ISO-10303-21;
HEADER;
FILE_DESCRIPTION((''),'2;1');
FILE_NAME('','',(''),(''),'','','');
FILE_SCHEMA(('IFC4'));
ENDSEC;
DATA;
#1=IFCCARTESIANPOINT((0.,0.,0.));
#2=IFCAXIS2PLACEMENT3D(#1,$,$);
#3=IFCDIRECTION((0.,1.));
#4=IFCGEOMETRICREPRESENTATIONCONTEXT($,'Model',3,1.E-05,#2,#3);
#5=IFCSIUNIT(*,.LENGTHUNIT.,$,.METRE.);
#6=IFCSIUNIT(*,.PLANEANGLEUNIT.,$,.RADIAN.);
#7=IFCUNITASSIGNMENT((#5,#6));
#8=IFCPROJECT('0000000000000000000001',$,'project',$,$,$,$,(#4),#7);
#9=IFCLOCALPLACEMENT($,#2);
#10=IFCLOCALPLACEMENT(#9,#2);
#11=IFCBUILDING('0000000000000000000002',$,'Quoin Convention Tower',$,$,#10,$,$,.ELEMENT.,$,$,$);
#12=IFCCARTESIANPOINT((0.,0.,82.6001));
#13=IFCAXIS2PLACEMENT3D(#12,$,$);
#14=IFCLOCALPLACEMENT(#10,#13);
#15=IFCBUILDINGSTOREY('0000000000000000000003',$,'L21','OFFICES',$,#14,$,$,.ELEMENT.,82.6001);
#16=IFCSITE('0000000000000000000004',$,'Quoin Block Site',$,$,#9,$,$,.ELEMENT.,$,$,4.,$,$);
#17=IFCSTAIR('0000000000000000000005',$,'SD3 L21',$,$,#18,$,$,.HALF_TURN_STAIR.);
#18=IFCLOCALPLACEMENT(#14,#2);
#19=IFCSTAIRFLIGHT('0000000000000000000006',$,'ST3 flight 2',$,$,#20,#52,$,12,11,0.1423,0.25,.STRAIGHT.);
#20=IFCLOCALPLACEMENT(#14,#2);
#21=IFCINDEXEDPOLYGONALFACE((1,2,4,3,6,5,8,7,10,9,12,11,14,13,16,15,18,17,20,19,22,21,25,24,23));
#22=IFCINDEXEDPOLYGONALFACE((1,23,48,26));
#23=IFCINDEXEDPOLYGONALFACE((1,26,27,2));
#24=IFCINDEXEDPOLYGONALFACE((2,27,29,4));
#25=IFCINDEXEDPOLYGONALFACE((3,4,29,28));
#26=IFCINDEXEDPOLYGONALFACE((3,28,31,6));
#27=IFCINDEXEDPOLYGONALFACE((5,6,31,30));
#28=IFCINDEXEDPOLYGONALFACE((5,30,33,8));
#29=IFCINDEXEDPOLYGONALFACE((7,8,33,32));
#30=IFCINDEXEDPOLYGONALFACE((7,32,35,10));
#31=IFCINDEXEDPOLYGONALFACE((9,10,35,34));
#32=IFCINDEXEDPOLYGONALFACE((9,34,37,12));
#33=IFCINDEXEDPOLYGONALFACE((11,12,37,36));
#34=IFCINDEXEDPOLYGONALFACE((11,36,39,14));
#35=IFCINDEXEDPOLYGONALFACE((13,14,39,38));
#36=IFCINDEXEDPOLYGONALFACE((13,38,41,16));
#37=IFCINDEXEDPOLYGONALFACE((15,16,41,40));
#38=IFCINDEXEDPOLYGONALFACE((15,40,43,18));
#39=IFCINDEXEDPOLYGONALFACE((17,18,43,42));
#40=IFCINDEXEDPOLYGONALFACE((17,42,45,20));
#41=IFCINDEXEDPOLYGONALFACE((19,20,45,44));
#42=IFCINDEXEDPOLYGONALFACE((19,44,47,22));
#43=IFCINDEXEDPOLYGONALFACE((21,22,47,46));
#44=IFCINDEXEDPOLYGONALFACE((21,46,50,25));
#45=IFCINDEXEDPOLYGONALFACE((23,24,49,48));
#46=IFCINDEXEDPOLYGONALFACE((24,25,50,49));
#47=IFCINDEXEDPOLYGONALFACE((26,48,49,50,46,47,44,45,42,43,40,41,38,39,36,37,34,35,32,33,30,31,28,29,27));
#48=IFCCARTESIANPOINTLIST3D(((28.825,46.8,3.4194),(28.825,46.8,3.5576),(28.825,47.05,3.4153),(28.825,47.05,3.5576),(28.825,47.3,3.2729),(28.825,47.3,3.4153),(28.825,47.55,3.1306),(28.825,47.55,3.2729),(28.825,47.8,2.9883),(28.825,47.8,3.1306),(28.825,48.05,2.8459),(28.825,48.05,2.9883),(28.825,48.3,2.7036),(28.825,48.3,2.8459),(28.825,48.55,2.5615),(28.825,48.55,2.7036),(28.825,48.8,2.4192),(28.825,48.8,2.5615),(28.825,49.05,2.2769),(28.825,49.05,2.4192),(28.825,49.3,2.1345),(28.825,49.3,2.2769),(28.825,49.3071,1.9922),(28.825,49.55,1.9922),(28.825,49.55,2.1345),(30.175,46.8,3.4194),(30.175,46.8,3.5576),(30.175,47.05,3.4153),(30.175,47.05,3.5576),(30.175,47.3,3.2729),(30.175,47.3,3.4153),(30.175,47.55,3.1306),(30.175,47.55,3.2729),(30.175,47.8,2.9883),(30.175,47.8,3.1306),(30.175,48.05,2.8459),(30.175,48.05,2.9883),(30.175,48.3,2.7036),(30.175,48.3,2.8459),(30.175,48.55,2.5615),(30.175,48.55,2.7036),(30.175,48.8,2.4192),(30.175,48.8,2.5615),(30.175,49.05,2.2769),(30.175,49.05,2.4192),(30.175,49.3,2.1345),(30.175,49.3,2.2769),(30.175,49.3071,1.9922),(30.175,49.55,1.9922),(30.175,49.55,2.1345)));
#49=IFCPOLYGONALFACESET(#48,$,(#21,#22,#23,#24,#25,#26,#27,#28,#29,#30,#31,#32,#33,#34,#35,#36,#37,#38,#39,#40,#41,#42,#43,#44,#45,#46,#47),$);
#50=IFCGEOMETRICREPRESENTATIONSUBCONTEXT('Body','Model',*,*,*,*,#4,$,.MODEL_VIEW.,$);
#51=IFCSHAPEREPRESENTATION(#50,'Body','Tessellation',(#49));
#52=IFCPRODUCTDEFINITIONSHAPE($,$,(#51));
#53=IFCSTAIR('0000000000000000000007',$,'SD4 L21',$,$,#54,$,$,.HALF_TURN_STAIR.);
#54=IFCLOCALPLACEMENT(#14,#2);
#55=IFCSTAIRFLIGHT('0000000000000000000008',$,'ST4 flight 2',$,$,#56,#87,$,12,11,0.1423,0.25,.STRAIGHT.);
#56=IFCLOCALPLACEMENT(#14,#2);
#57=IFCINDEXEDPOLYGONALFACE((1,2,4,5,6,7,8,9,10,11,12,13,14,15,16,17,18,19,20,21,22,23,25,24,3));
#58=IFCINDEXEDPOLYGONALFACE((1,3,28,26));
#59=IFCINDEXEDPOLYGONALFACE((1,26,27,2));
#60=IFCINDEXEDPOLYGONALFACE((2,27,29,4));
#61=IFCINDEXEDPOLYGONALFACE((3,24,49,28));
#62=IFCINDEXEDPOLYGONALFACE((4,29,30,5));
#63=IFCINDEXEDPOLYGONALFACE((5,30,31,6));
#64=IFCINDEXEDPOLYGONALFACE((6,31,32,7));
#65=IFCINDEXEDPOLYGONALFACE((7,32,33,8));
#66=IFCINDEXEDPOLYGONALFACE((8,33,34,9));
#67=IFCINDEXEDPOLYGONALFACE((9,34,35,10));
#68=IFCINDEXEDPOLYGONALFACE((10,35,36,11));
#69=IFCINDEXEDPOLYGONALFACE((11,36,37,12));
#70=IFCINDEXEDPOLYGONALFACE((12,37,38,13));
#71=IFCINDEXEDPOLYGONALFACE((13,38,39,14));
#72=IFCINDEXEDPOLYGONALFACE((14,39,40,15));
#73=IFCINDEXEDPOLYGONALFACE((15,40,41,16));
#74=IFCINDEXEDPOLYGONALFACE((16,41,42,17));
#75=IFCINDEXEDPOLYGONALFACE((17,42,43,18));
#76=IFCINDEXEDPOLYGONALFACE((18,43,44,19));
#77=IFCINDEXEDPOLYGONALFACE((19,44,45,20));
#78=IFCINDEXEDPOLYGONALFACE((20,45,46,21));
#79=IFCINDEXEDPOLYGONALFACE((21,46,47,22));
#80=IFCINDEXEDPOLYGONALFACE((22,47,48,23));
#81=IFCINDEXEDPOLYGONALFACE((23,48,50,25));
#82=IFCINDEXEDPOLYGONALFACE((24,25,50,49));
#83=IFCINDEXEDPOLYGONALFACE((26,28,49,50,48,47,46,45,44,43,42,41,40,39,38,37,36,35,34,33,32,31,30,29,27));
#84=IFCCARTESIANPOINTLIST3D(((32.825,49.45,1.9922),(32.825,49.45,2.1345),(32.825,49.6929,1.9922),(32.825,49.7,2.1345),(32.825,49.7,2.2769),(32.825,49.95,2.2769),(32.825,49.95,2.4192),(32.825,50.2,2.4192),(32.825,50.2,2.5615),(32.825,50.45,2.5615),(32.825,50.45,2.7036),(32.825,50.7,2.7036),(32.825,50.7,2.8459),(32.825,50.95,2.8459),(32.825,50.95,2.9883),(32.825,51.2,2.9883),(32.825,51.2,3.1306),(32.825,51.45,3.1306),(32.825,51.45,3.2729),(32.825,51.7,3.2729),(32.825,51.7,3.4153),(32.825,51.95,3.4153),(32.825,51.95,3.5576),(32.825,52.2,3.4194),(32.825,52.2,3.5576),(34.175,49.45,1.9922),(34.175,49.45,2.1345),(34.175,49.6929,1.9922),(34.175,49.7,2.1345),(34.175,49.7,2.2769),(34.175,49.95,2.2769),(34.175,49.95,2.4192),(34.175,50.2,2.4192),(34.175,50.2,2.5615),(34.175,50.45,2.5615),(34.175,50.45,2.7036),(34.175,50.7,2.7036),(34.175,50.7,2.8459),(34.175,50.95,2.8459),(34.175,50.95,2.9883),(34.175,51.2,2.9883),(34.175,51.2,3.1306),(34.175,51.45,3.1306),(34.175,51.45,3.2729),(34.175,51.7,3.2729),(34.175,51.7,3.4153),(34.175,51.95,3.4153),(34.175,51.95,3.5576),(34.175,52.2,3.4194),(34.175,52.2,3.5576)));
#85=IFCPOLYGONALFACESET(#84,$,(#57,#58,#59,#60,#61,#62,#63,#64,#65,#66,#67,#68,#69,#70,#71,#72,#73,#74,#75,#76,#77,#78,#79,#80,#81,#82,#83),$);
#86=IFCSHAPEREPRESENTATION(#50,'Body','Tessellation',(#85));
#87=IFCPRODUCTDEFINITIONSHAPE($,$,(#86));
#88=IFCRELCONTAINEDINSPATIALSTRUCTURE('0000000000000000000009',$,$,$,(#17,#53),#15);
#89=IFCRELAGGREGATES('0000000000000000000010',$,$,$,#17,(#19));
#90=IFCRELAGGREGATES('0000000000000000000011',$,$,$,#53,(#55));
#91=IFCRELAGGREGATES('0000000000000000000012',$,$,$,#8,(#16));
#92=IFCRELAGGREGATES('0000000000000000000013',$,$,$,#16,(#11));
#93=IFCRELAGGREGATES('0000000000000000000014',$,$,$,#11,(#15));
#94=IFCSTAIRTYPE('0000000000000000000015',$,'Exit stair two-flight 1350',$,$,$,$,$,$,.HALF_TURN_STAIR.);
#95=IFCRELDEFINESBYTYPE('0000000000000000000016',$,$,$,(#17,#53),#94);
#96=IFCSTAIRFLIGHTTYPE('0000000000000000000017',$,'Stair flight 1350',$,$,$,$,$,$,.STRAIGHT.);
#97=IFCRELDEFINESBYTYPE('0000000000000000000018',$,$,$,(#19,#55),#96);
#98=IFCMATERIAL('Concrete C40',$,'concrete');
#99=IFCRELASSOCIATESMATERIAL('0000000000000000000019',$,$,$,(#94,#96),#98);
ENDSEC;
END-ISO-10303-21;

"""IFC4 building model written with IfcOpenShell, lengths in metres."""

from ifc_helpers import new_model, si_unit, direction, frame, origin, place, context, subcontext, project, spatial, polyline, outline, extrude, material, type_object, element, aggregate, save


model = new_model("IFC4")

# Units and contexts
model_context = context("Model", 3, precision=1e-05, world=origin(), true_north=direction((0.0, 1.0)))
body_context = subcontext(model_context, "Body", "Model", "MODEL_VIEW")
ifc_project = project(units=[si_unit("LENGTHUNIT", "METRE"), si_unit("PLANEANGLEUNIT", "RADIAN")], contexts=[model_context])

# Site, building, storey
site_placement = place(None, origin())
site = spatial("IfcSite", under=ifc_project, at=site_placement, Name="Quoin Block Site", CompositionType="ELEMENT", RefElevation=4.0)
building_placement = place(site_placement, origin())
building = spatial("IfcBuilding", under=site, at=building_placement, Name="Quoin Convention Tower", CompositionType="ELEMENT")
storey_placement = place(building_placement, frame((0.0, 0.0, 82.6001)))
storey = spatial("IfcBuildingStorey", under=building, at=storey_placement, Name="L21", Description="OFFICES", CompositionType="ELEMENT", Elevation=82.6001)

# Stairs, stair flights
ifc_material_1 = material(Name="Concrete C40", Category="concrete")
stair_type = type_object("IfcStairType", Name="Exit stair two-flight 1350", PredefinedType="HALF_TURN_STAIR", material=ifc_material_1)
stair_1_placement = place(storey_placement, origin())
stair_1 = element("IfcStair", 1, at=stair_1_placement, inside=storey, type_object=stair_type, Name="SD3 L21", PredefinedType="HALF_TURN_STAIR")
stair_flight_type = type_object("IfcStairFlightType", Name="Stair flight 1350", PredefinedType="STRAIGHT", material=ifc_material_1)
stair_flight_1_placement = place(storey_placement, frame((29.5, 49.55, 1.9922), z_axis=(0.0, 0.0, 1.0), x_axis=(0.0, -1.0, 0.0)))
stair_flight_1 = element("IfcStairFlight", 2, at=stair_flight_1_placement, type_object=stair_flight_type, Name="ST3 flight 2", NumberOfRisers=12, NumberOfTreads=11, PredefinedType="STRAIGHT", RiserHeight=0.1423, TreadLength=0.25, context=body_context, shape_type="SweptSolid", body=[
    extrude(outline(polyline([(0.0, 0.0), (0.0, 0.1423), (0.25, 0.1423), (0.25, 0.2847), (0.5, 0.2847), (0.5, 0.427), (0.75, 0.427), (0.75, 0.5693), (1.0, 0.5693), (1.0, 0.7114), (1.25, 0.7114), (1.25, 0.8538), (1.5, 0.8538), (1.5, 0.9961), (1.75, 0.9961), (1.75, 1.1384), (2.0, 1.1384), (2.0, 1.2808), (2.25, 1.2808), (2.25, 1.4231), (2.5, 1.4231), (2.5, 1.5654), (2.75, 1.5654), (2.75, 1.7078), (2.75, 1.4272), (0.2429, 0.0), (0.0, 0.0)])), frame((0.0, 0.675, 0.0), z_axis=(0.0, -1.0, 0.0), x_axis=(1.0, 0.0, 0.0)), (0.0, 0.0, 1.0), 1.3501),
])
aggregate(stair_1, [stair_flight_1])
stair_2_placement = place(storey_placement, origin())
stair_2 = element("IfcStair", 3, at=stair_2_placement, inside=storey, type_object=stair_type, Name="SD4 L21", PredefinedType="HALF_TURN_STAIR")
stair_flight_2_placement = place(storey_placement, frame((33.5, 49.45, 1.9922), z_axis=(0.0, 0.0, 1.0), x_axis=(0.0, 1.0, 0.0)))
stair_flight_2 = element("IfcStairFlight", 4, at=stair_flight_2_placement, type_object=stair_flight_type, Name="ST4 flight 2", NumberOfRisers=12, NumberOfTreads=11, PredefinedType="STRAIGHT", RiserHeight=0.1423, TreadLength=0.25, context=body_context, shape_type="SweptSolid", body=[
    extrude(outline(polyline([(0.0, 0.0), (0.0, 0.1423), (0.25, 0.1423), (0.25, 0.2847), (0.5, 0.2847), (0.5, 0.427), (0.75, 0.427), (0.75, 0.5693), (1.0, 0.5693), (1.0, 0.7114), (1.25, 0.7114), (1.25, 0.8538), (1.5, 0.8538), (1.5, 0.9961), (1.75, 0.9961), (1.75, 1.1384), (2.0, 1.1384), (2.0, 1.2808), (2.25, 1.2808), (2.25, 1.4231), (2.5, 1.4231), (2.5, 1.5654), (2.75, 1.5654), (2.75, 1.7078), (2.75, 1.4272), (0.2429, 0.0), (0.0, 0.0)])), frame((0.0, 0.675, 0.0), z_axis=(0.0, -1.0, 0.0), x_axis=(1.0, 0.0, 0.0)), (0.0, 0.0, 1.0), 1.3501),
])
aggregate(stair_2, [stair_flight_2])

save(model, "model.ifc")
